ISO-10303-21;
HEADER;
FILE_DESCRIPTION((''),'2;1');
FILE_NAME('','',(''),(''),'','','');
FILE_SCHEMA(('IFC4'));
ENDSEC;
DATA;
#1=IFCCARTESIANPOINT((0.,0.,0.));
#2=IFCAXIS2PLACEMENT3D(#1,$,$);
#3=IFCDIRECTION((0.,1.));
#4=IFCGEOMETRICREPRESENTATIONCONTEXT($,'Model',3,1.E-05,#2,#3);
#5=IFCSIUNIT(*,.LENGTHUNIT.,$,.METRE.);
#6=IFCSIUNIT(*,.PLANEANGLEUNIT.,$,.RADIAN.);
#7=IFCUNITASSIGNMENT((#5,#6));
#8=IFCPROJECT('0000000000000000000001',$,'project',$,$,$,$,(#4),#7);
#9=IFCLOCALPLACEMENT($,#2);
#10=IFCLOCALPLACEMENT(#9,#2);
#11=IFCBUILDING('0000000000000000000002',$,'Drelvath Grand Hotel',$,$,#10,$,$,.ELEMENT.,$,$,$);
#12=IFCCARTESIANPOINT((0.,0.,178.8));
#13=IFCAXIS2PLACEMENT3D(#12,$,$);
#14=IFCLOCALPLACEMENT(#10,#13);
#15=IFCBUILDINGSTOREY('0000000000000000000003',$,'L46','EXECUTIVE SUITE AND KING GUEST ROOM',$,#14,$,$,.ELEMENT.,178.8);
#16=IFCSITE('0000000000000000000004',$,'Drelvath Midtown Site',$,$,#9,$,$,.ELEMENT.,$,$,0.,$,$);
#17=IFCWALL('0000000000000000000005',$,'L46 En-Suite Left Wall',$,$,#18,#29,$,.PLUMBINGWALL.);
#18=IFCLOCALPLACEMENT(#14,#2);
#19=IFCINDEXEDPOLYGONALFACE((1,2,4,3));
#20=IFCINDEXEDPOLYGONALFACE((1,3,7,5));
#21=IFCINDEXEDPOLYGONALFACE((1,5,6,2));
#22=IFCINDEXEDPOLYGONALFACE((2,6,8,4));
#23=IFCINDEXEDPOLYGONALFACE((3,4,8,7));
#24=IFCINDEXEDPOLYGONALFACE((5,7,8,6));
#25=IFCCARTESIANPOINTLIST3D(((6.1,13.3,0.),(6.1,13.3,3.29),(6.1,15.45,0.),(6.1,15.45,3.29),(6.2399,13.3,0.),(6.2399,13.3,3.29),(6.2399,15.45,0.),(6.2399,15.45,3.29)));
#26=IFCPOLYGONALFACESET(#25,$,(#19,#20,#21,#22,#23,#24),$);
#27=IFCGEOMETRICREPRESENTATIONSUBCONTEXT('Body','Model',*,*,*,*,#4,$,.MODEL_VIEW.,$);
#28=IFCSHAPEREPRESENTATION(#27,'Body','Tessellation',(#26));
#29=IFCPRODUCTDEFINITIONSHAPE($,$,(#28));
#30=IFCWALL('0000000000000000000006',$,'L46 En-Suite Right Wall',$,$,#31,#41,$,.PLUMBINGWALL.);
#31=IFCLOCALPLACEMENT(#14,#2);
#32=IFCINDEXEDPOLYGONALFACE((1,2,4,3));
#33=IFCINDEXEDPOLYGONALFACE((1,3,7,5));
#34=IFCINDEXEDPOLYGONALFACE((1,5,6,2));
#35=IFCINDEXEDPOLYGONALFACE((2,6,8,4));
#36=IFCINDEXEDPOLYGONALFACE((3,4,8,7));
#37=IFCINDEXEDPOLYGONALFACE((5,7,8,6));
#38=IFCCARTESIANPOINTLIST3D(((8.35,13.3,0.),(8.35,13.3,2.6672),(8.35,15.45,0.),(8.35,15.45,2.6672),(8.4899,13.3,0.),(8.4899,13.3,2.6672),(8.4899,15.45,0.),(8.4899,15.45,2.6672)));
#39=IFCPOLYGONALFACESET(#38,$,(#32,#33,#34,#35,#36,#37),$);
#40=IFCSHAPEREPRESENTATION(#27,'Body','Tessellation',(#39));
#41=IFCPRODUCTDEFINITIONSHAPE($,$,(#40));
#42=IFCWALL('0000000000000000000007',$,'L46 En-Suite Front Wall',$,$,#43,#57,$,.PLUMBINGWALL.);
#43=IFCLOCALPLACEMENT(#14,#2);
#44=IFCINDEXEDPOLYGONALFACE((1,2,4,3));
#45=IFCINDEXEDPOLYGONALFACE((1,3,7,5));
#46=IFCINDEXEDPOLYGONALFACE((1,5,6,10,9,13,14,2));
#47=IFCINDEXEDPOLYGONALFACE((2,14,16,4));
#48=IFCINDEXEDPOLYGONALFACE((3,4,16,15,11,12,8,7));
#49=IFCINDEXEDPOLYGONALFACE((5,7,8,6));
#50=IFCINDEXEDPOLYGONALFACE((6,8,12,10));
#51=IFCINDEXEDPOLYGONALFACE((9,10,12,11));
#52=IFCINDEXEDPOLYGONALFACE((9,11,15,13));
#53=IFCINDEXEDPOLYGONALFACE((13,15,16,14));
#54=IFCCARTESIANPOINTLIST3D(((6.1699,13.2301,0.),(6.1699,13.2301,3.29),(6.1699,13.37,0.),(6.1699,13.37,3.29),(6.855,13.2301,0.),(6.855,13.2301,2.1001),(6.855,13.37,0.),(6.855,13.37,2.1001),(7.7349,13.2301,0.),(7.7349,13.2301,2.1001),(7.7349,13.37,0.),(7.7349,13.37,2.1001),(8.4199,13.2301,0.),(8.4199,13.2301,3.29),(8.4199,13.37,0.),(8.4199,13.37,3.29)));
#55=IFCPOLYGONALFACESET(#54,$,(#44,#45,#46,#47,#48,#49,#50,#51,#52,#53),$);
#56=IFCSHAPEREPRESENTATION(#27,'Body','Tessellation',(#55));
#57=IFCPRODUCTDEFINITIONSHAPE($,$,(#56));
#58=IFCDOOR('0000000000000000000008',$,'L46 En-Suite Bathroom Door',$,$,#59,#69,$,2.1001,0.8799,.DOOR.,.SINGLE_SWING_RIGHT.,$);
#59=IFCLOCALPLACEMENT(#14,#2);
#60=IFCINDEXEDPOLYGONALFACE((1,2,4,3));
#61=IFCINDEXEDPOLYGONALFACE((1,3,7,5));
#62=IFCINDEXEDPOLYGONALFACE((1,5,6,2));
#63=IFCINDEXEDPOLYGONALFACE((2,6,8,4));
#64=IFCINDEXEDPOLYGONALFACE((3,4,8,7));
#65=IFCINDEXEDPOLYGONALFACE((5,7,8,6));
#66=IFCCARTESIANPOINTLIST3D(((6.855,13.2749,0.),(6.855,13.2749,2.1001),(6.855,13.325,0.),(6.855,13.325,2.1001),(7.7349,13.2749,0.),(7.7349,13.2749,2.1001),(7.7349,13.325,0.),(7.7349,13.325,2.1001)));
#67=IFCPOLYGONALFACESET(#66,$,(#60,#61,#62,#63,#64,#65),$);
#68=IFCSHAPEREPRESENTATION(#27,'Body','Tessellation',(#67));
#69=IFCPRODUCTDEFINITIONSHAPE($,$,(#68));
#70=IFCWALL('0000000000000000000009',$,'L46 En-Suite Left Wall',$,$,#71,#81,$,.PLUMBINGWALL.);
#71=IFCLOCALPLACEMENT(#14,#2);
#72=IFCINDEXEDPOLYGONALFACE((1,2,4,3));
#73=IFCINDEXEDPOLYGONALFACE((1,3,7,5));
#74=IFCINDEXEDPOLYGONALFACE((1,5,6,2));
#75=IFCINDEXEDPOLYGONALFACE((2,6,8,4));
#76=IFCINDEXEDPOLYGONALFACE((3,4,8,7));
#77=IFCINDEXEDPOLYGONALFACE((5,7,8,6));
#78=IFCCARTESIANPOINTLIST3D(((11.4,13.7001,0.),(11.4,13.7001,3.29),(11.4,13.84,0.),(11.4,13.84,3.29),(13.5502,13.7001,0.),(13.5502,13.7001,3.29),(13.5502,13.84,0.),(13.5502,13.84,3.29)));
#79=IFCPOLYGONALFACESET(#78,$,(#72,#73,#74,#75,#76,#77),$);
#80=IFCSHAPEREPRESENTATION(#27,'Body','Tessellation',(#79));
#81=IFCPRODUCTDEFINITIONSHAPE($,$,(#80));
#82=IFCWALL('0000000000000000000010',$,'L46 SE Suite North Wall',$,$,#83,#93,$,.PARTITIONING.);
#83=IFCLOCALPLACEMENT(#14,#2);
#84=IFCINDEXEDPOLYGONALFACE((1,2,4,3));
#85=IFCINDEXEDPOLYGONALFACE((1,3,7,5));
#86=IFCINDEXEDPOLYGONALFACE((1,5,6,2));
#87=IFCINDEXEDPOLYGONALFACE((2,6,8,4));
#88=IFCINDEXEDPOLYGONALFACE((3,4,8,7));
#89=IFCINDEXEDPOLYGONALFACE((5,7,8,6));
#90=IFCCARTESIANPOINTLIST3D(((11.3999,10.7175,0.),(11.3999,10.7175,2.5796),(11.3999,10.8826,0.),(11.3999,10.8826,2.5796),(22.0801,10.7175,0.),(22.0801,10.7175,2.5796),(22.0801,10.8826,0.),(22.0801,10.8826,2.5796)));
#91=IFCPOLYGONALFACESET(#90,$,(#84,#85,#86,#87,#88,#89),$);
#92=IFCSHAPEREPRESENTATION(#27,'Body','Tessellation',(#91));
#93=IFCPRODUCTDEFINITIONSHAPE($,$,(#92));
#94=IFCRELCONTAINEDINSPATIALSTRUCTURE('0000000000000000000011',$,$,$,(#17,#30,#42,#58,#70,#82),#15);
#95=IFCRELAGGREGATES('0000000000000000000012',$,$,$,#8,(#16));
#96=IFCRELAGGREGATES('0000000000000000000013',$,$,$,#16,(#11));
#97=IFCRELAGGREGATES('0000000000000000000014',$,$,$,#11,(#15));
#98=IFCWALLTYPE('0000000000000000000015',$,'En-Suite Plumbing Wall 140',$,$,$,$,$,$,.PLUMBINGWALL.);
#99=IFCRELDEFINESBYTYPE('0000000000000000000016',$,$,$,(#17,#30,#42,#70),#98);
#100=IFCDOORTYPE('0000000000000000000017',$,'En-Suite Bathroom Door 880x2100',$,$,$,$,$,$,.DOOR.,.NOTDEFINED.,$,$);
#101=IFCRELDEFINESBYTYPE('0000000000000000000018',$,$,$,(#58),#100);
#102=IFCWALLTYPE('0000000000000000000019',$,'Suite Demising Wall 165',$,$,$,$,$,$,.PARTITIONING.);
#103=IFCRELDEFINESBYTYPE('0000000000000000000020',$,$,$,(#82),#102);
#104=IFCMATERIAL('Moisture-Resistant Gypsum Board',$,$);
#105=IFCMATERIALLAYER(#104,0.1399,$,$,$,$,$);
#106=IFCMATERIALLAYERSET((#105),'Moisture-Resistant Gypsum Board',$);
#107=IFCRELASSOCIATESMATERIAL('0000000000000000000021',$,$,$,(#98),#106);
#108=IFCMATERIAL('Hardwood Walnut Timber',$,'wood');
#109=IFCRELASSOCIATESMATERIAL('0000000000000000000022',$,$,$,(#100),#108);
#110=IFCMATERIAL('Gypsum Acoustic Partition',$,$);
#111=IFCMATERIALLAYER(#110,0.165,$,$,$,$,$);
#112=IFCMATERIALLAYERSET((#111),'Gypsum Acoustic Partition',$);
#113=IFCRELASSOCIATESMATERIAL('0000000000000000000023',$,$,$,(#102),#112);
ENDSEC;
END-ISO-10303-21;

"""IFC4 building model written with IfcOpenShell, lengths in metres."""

from ifc_helpers import new_model, si_unit, direction, frame, frame_2d, origin, place, context, subcontext, project, spatial, rectangle, extrude, material, layer, layer_set, type_object, element, fill, save


model = new_model("IFC4")

# Units and contexts
model_context = context("Model", 3, precision=1e-05, world=origin(), true_north=direction((0.0, 1.0)))
body_context = subcontext(model_context, "Body", "Model", "MODEL_VIEW")
ifc_project = project(units=[si_unit("LENGTHUNIT", "METRE"), si_unit("PLANEANGLEUNIT", "RADIAN")], contexts=[model_context])

# Site, building, storey
site_placement = place(None, origin())
site = spatial("IfcSite", under=ifc_project, at=site_placement, Name="Drelvath Midtown Site", CompositionType="ELEMENT", RefElevation=0.0)
building_placement = place(site_placement, origin())
building = spatial("IfcBuilding", under=site, at=building_placement, Name="Drelvath Grand Hotel", CompositionType="ELEMENT")
storey_placement = place(building_placement, frame((0.0, 0.0, 178.8)))
storey = spatial("IfcBuildingStorey", under=building, at=storey_placement, Name="L46", Description="EXECUTIVE SUITE AND KING GUEST ROOM", CompositionType="ELEMENT", Elevation=178.8)

# Shared definitions
ifc_material_1 = material(Name="Hardwood Walnut Timber", Category="wood")

# Shared definitions
ifc_material_2 = material(Name="Moisture-Resistant Gypsum Board")
ifc_layer_1 = layer(ifc_material_2, 0.1399)
ifc_layer_set_1 = layer_set([ifc_layer_1], Name="Moisture-Resistant Gypsum Board")
wall_type_1 = type_object("IfcWallType", Name="En-Suite Plumbing Wall 140", PredefinedType="PLUMBINGWALL", material=ifc_layer_set_1)

# Shared definitions
door_type_1 = type_object("IfcDoorType", Name="En-Suite Bathroom Door 880x2100", OperationType="NOTDEFINED", PredefinedType="DOOR", material=ifc_material_1)

# Walls
wall_1_placement = place(storey_placement, frame((6.1699, 15.45, 0.0), z_axis=(0.0, 0.0, 1.0), x_axis=(0.0, -1.0, 0.0)))
element("IfcWall", 1, at=wall_1_placement, inside=storey, type_object=wall_type_1, Name="L46 En-Suite Left Wall", PredefinedType="PLUMBINGWALL", context=body_context, shape_type="SweptSolid", body=[
    extrude(rectangle(XDim=2.1499, YDim=0.1399, at=frame_2d((1.075, 0.0))), origin(), (0.0, 0.0, 1.0), 3.29),
])
wall_2_placement = place(storey_placement, frame((8.4199, 15.45, 0.0), z_axis=(0.0, 0.0, 1.0), x_axis=(0.0, -1.0, 0.0)))
element("IfcWall", 2, at=wall_2_placement, inside=storey, type_object=wall_type_1, Name="L46 En-Suite Right Wall", PredefinedType="PLUMBINGWALL", context=body_context, shape_type="SweptSolid", body=[
    extrude(rectangle(XDim=2.1499, YDim=0.1399, at=frame_2d((1.075, 0.0))), origin(), (0.0, 0.0, 1.0), 2.6672),
])

# Wall, opening, door
wall_3_placement = place(storey_placement, frame((6.1699, 13.3, 0.0), z_axis=(0.0, 0.0, 1.0), x_axis=(1.0, 0.0, 0.0)))
wall_3 = element("IfcWall", 3, at=wall_3_placement, inside=storey, type_object=wall_type_1, Name="L46 En-Suite Front Wall", PredefinedType="PLUMBINGWALL", context=body_context, shape_type="SweptSolid", body=[
    extrude(rectangle(XDim=2.25, YDim=0.1399, at=frame_2d((1.125, 0.0))), origin(), (0.0, 0.0, 1.0), 3.29),
])
opening_1_placement = place(wall_3_placement, frame((0.6851, 0.0, 0.0)))
opening_1 = element("IfcOpeningElement", 4, at=opening_1_placement, cuts=wall_3, PredefinedType="OPENING", context=body_context, shape_type="SweptSolid", body=[
    extrude(rectangle(XDim=0.8799, YDim=2.1001, at=frame_2d((0.4399, 1.05))), frame((0.0, 0.0798, 0.0), z_axis=(0.0, -1.0, 0.0), x_axis=(1.0, 0.0, 0.0)), (0.0, 0.0, 1.0), 0.1599),
])
door_1_placement = place(opening_1_placement, origin())
door_1 = element("IfcDoor", 5, at=door_1_placement, inside=storey, type_object=door_type_1, Name="L46 En-Suite Bathroom Door", OperationType="SINGLE_SWING_RIGHT", OverallHeight=2.1001, OverallWidth=0.8799, PredefinedType="DOOR", context=body_context, shape_type="SweptSolid", body=[
    extrude(rectangle(XDim=0.8799, YDim=2.1001, at=frame_2d((0.4399, 1.05))), frame((0.0, 0.0249, 0.0), z_axis=(0.0, -1.0, 0.0), x_axis=(1.0, 0.0, 0.0)), (0.0, 0.0, 1.0), 0.05),
])
fill(opening_1, door_1)

# Walls
wall_4_placement = place(storey_placement, frame((11.3999, 13.77, 0.0), z_axis=(0.0, 0.0, 1.0), x_axis=(1.0, 0.0, 0.0)))
element("IfcWall", 6, at=wall_4_placement, inside=storey, type_object=wall_type_1, Name="L46 En-Suite Left Wall", PredefinedType="PLUMBINGWALL", context=body_context, shape_type="SweptSolid", body=[
    extrude(rectangle(XDim=2.1501, YDim=0.1399, at=frame_2d((1.0752, 0.0))), origin(), (0.0, 0.0, 1.0), 3.29),
])
ifc_material_3 = material(Name="Gypsum Acoustic Partition")
ifc_layer_2 = layer(ifc_material_3, 0.165)
ifc_layer_set_2 = layer_set([ifc_layer_2], Name="Gypsum Acoustic Partition")
wall_type_2 = type_object("IfcWallType", Name="Suite Demising Wall 165", PredefinedType="PARTITIONING", material=ifc_layer_set_2)
wall_5_placement = place(storey_placement, frame((11.3999, 10.8, 0.0), z_axis=(0.0, 0.0, 1.0), x_axis=(1.0, 0.0, 0.0)))
element("IfcWall", 7, at=wall_5_placement, inside=storey, type_object=wall_type_2, Name="L46 SE Suite North Wall", PredefinedType="PARTITIONING", context=body_context, shape_type="SweptSolid", body=[
    extrude(rectangle(XDim=10.6802, YDim=0.165, at=frame_2d((5.3401, 0.0))), origin(), (0.0, 0.0, 1.0), 2.5796),
])

save(model, "model.ifc")
